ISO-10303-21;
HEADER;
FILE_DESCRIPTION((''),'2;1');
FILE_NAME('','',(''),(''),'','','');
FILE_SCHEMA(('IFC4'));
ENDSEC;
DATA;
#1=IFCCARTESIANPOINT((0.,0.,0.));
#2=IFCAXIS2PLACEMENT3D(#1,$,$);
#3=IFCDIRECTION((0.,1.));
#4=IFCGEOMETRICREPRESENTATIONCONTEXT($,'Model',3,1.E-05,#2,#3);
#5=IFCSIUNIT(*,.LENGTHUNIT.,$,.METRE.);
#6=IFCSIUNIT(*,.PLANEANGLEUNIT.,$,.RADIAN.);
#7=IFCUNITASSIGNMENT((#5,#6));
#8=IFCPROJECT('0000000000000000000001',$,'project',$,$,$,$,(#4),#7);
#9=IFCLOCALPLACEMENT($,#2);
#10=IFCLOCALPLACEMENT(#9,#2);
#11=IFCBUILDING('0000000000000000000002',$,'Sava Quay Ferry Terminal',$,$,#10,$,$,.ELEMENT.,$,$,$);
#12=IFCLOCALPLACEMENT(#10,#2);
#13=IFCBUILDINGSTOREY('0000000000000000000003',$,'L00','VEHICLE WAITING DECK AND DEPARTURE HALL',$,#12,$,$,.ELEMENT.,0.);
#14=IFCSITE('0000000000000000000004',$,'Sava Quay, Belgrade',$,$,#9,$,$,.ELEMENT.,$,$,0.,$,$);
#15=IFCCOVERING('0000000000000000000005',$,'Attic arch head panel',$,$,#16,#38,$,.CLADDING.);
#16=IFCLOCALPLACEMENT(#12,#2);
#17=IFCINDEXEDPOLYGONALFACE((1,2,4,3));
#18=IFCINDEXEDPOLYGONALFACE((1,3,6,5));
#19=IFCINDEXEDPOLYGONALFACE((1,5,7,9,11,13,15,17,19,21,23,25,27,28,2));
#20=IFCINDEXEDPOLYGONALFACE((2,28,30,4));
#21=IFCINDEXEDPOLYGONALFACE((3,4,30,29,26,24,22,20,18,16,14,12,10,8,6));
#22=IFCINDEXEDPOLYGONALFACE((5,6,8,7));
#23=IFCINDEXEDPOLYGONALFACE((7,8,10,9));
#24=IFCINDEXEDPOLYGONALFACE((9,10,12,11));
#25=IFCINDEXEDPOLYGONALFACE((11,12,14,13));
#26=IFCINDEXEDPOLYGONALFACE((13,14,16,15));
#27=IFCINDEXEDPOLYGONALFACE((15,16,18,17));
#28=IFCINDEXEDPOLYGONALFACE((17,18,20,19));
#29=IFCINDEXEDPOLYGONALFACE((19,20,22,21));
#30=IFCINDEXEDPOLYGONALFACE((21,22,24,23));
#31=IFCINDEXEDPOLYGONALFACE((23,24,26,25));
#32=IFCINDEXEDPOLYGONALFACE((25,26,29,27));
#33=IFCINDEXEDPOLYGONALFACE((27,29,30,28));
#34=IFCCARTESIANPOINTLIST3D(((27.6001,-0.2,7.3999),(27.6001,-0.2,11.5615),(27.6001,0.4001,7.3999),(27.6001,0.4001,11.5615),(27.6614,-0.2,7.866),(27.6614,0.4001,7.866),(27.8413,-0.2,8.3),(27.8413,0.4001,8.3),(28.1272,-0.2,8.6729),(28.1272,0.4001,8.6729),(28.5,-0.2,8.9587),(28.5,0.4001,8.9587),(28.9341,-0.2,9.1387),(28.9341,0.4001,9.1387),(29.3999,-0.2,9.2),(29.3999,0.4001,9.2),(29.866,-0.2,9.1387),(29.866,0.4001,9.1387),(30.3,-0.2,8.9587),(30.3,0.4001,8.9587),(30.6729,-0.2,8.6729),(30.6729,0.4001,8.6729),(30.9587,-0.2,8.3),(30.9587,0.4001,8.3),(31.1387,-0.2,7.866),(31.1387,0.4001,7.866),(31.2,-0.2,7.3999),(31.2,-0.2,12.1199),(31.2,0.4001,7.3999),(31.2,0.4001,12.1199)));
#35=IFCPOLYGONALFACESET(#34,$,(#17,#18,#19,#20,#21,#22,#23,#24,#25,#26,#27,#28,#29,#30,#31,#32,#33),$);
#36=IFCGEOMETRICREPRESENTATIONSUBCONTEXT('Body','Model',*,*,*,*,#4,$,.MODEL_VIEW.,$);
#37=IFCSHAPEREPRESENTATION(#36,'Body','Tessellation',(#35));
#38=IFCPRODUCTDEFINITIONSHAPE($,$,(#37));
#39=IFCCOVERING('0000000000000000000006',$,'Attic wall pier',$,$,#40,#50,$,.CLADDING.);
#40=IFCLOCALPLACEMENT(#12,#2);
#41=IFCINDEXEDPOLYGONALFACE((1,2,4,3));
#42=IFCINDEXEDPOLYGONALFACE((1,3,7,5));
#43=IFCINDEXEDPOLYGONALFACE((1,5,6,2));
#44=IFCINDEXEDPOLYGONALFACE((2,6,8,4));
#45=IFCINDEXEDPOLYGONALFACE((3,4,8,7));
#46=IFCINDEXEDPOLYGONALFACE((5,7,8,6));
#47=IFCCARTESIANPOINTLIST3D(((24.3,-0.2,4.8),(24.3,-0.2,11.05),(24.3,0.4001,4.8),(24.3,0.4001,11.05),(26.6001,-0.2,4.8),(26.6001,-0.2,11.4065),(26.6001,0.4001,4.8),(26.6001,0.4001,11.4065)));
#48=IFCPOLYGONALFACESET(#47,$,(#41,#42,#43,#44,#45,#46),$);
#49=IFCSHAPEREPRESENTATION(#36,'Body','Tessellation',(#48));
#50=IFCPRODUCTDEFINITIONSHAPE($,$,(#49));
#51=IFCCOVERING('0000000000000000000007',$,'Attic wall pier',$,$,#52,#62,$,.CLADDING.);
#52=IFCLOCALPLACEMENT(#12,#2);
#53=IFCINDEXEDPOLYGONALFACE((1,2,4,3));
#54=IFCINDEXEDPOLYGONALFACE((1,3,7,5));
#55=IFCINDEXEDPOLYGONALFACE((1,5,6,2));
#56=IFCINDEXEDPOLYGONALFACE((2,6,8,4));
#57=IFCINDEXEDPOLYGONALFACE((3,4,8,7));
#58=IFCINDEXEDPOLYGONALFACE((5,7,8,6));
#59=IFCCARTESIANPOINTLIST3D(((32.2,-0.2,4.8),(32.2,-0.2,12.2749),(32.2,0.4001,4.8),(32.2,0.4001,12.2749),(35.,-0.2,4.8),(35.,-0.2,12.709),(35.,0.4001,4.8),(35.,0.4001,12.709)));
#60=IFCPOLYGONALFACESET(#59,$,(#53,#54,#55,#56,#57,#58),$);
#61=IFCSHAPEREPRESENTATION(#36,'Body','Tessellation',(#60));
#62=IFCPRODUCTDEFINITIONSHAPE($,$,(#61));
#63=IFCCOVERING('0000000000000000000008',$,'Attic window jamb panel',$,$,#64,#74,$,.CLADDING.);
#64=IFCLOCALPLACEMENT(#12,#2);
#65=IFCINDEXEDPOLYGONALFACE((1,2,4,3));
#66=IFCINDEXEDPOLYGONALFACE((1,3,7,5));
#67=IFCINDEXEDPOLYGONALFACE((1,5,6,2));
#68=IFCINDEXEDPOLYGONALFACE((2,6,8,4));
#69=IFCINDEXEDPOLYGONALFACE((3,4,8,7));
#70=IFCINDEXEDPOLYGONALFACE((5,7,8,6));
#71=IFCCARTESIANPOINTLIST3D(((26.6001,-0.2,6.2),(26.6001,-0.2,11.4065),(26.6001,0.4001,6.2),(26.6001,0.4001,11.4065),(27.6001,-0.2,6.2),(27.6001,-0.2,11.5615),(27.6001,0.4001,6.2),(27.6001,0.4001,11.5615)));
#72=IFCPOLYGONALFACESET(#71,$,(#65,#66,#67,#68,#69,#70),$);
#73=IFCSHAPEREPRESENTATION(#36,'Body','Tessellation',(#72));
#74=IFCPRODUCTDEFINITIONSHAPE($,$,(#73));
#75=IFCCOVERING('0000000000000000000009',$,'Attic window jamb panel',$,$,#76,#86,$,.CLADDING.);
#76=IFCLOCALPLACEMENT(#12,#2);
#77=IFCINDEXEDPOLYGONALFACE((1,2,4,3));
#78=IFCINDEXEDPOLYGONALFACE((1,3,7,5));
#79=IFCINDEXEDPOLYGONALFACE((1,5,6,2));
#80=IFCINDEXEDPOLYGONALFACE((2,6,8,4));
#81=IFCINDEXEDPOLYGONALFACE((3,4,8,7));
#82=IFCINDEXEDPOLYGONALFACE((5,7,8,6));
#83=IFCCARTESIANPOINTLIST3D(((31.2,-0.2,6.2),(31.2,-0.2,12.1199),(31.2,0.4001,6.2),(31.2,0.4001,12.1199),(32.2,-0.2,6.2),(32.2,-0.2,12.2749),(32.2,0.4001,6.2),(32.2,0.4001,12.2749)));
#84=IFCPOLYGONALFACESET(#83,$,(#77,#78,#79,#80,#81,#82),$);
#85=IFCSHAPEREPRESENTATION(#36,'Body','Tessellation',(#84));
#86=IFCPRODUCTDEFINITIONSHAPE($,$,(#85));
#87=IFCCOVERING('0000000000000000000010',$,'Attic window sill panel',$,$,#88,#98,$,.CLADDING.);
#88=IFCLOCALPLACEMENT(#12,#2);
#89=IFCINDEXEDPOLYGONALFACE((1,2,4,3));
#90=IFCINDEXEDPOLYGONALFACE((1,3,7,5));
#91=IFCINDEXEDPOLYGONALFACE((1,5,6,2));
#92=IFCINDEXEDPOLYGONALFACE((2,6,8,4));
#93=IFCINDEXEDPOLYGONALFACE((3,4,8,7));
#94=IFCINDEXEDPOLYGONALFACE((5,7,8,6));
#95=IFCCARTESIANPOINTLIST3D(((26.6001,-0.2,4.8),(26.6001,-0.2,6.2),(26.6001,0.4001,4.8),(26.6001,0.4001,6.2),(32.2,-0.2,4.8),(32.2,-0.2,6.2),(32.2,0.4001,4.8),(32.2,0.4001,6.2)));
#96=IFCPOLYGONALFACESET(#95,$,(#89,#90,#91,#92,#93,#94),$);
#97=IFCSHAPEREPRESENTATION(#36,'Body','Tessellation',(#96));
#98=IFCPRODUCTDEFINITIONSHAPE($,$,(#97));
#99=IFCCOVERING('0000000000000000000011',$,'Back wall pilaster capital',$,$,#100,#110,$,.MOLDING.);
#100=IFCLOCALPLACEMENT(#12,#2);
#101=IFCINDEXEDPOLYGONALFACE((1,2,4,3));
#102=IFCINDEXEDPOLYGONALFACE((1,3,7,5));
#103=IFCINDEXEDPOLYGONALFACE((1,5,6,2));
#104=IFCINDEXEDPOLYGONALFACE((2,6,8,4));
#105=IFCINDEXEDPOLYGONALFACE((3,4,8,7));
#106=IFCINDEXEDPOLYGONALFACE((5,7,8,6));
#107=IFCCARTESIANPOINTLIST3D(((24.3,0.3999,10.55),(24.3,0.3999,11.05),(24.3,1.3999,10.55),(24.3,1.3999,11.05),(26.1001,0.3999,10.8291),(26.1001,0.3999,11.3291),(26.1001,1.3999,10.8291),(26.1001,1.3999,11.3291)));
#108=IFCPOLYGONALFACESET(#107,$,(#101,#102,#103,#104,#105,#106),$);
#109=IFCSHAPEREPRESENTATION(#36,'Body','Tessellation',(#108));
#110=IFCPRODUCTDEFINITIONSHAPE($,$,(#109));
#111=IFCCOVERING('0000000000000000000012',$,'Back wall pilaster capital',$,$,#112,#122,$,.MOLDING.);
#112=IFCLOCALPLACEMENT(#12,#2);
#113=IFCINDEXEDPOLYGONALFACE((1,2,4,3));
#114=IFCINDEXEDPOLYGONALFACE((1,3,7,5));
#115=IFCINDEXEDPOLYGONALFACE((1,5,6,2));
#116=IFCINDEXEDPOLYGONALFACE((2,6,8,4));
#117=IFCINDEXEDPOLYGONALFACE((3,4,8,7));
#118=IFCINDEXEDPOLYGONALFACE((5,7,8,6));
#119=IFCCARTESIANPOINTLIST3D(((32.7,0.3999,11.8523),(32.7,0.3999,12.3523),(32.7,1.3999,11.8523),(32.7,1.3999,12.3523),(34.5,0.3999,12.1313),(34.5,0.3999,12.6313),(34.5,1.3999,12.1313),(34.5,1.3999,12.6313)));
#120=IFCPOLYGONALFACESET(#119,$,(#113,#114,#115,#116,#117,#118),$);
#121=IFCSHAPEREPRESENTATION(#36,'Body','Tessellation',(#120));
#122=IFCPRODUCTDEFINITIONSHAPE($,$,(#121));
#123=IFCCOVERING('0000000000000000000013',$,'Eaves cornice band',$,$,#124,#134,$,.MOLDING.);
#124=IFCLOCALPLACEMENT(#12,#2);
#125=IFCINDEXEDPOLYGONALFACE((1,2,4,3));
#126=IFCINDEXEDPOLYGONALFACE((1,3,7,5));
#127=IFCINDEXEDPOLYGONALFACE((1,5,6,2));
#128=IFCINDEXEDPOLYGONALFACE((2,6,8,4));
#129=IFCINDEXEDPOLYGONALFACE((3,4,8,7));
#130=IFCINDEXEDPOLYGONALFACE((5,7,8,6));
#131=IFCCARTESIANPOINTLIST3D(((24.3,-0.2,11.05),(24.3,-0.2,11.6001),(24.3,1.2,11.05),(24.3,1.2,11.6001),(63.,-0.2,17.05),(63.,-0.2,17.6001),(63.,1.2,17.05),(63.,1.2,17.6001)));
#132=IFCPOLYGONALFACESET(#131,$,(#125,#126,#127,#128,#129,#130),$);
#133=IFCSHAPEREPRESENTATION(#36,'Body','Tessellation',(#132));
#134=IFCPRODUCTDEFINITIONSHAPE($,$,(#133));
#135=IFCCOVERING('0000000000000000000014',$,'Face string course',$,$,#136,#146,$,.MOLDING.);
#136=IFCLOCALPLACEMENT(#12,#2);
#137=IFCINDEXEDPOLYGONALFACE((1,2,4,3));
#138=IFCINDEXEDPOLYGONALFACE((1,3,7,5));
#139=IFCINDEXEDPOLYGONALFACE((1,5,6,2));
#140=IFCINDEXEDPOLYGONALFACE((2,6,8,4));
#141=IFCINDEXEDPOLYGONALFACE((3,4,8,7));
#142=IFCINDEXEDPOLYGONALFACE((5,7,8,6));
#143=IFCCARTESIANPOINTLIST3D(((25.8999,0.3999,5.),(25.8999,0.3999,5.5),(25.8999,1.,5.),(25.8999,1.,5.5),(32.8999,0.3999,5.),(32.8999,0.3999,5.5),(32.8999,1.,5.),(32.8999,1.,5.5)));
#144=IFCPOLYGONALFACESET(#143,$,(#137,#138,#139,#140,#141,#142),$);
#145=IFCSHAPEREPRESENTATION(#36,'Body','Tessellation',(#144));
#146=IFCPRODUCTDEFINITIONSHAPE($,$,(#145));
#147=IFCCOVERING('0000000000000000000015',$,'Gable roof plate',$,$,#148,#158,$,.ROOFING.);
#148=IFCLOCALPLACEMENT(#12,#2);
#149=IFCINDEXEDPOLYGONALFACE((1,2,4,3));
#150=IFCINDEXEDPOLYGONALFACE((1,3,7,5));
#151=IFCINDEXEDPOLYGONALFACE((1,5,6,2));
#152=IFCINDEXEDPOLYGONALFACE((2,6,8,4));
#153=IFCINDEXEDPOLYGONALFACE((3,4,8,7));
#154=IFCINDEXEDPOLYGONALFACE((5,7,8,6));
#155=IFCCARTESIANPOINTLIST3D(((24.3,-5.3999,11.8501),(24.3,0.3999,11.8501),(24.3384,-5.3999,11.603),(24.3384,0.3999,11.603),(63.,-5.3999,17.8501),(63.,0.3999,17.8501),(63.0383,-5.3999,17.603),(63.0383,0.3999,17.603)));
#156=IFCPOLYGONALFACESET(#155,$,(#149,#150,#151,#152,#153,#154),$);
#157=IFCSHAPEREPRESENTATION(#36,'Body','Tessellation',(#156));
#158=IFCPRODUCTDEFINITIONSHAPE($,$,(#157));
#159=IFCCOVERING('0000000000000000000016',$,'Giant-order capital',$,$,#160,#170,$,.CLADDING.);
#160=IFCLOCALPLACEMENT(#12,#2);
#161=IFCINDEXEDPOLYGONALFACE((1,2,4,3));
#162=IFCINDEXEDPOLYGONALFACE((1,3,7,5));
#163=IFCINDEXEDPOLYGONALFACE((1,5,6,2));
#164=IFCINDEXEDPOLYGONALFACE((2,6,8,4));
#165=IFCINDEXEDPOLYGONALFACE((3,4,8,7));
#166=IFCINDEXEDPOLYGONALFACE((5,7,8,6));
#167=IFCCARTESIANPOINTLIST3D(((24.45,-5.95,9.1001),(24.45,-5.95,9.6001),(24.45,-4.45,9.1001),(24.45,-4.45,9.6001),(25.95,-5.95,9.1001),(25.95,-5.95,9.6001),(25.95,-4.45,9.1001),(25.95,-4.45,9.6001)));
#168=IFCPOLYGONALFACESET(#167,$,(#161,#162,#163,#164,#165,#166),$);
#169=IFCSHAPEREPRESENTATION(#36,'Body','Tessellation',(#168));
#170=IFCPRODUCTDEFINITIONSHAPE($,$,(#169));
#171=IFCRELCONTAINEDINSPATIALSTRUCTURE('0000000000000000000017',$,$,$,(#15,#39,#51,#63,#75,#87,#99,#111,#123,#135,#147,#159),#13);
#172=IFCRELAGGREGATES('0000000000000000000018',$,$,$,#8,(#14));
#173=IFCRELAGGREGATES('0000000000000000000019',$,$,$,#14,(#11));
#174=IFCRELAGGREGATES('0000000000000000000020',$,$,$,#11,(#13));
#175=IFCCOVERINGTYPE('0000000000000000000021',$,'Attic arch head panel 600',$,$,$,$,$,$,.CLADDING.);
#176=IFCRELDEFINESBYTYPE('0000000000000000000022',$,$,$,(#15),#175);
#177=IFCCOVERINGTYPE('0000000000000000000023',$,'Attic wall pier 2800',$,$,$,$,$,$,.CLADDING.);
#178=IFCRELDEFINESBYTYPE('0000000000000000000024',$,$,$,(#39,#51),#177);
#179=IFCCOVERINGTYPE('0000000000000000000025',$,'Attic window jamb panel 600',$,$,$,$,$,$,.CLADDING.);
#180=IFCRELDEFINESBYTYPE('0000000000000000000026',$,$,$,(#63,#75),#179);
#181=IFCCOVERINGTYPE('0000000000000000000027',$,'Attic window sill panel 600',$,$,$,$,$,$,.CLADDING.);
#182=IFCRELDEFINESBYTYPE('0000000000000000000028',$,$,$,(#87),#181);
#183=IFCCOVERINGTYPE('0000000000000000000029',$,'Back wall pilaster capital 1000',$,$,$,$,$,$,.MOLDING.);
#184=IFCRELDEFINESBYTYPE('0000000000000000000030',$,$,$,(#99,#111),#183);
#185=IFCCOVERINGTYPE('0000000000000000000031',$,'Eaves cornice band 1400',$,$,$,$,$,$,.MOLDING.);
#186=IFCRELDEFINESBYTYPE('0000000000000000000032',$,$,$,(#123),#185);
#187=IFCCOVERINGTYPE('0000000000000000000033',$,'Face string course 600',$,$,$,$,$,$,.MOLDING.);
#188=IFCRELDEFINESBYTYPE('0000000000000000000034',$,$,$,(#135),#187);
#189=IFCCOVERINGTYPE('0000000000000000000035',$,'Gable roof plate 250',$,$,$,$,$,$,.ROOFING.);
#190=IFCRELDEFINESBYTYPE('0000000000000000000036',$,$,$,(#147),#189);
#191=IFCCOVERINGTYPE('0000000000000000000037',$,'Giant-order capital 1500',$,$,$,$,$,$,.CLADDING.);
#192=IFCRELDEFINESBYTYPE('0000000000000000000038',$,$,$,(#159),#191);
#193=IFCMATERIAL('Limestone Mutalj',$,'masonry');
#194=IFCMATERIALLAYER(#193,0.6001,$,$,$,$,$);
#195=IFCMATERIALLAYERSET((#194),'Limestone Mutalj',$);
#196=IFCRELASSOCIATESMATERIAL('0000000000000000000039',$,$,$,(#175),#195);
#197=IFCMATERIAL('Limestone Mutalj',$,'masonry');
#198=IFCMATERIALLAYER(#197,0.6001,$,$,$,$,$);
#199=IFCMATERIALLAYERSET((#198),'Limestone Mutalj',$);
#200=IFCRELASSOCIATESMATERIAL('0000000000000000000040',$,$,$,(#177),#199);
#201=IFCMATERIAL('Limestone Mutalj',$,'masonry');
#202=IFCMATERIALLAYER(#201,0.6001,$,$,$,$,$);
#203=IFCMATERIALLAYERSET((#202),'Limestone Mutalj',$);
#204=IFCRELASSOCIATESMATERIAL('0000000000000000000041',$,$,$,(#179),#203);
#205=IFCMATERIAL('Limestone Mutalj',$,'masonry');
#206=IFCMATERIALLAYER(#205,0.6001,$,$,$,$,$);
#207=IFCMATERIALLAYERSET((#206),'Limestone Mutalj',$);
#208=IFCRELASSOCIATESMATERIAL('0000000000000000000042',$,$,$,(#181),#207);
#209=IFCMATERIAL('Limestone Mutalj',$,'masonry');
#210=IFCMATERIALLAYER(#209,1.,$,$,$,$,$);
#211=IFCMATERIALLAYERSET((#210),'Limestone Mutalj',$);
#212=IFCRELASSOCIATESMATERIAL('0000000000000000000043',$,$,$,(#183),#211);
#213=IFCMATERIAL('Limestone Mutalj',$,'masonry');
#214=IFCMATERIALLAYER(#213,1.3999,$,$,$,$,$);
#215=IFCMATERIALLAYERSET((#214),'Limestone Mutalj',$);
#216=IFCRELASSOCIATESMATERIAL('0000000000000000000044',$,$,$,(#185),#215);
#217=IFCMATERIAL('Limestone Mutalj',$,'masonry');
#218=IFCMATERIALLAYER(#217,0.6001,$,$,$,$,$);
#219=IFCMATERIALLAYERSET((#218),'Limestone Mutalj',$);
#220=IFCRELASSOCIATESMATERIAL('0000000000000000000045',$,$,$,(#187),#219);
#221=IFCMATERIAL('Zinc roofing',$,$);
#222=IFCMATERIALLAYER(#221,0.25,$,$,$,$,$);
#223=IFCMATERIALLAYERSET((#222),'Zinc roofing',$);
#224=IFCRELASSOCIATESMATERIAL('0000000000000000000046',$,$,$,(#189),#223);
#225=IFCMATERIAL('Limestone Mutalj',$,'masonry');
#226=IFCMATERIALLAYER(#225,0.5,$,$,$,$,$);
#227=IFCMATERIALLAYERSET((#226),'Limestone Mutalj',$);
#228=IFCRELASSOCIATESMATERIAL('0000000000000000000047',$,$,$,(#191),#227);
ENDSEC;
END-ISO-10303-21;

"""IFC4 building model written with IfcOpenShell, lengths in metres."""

from ifc_helpers import new_model, si_unit, direction, frame, origin, origin_2d, place, context, subcontext, project, spatial, polyline, rectangle, outline, extrude, material, layer, layer_set, type_object, element, save


model = new_model("IFC4")

# Units and contexts
model_context = context("Model", 3, precision=1e-05, world=origin(), true_north=direction((0.0, 1.0)))
body_context = subcontext(model_context, "Body", "Model", "MODEL_VIEW")
ifc_project = project(units=[si_unit("LENGTHUNIT", "METRE"), si_unit("PLANEANGLEUNIT", "RADIAN")], contexts=[model_context])

# Site, building, storey
site_placement = place(None, origin())
site = spatial("IfcSite", under=ifc_project, at=site_placement, Name="Sava Quay, Belgrade", CompositionType="ELEMENT", RefElevation=0.0)
building_placement = place(site_placement, origin())
building = spatial("IfcBuilding", under=site, at=building_placement, Name="Sava Quay Ferry Terminal", CompositionType="ELEMENT")
storey_placement = place(building_placement, origin())
storey = spatial("IfcBuildingStorey", under=building, at=storey_placement, Name="L00", Description="VEHICLE WAITING DECK AND DEPARTURE HALL", CompositionType="ELEMENT", Elevation=0.0)

# Coverings
ifc_material_1 = material(Name="Limestone Mutalj", Category="masonry")
ifc_layer_1 = layer(ifc_material_1, 0.6001)
ifc_layer_set_1 = layer_set([ifc_layer_1], Name="Limestone Mutalj")
covering_type_1 = type_object("IfcCoveringType", Name="Attic arch head panel 600", PredefinedType="CLADDING", material=ifc_layer_set_1)
covering_1_placement = place(storey_placement, frame((27.6001, -0.2, 7.3999), z_axis=(0.0, -1.0, 0.0), x_axis=(0.13036, 0.0, 0.991467)))
element("IfcCovering", 1, at=covering_1_placement, inside=storey, type_object=covering_type_1, Name="Attic arch head panel", PredefinedType="CLADDING", context=body_context, shape_type="SweptSolid", body=[
    extrude(outline(polyline([(0.0, 0.0), (0.4701, 0.0), (0.9239, -0.1218), (1.3308, -0.3567), (1.6628, -0.689), (1.8978, -1.0959), (2.0193, -1.5498), (2.0193, -2.0199), (1.8975, -2.4737), (1.6627, -2.8806), (1.3303, -3.2126), (0.9234, -3.4476), (0.4693, -3.5691), (5.149, -2.9538), (4.1261, 0.5425), (0.0, 0.0)])), origin(), (0.0, 0.0, -1.0), 0.6001),
])
ifc_material_2 = material(Name="Limestone Mutalj", Category="masonry")
ifc_layer_2 = layer(ifc_material_2, 0.6001)
ifc_layer_set_2 = layer_set([ifc_layer_2], Name="Limestone Mutalj")
covering_type_2 = type_object("IfcCoveringType", Name="Attic wall pier 2800", PredefinedType="CLADDING", material=ifc_layer_set_2)
covering_2_placement = place(storey_placement, frame((24.3, -0.2, 4.8), z_axis=(0.0, -1.0, 0.0), x_axis=(1.0, 0.0, 0.0)))
element("IfcCovering", 2, at=covering_2_placement, inside=storey, type_object=covering_type_2, Name="Attic wall pier", PredefinedType="CLADDING", context=body_context, shape_type="SweptSolid", body=[
    extrude(outline(polyline([(0.0, 0.0), (2.3, 0.0), (2.3, 6.6064), (0.0, 6.25), (0.0, 0.0)])), origin(), (0.0, 0.0, -1.0), 0.6001),
])
covering_3_placement = place(storey_placement, frame((32.2, -0.2, 4.8), z_axis=(0.0, -1.0, 0.0), x_axis=(1.0, 0.0, 0.0)))
element("IfcCovering", 3, at=covering_3_placement, inside=storey, type_object=covering_type_2, Name="Attic wall pier", PredefinedType="CLADDING", context=body_context, shape_type="SweptSolid", body=[
    extrude(outline(polyline([(0.0, 0.0), (2.8, 0.0), (2.8, 7.9089), (0.0, 7.4749), (0.0, 0.0)])), origin(), (0.0, 0.0, -1.0), 0.6001),
])
ifc_material_3 = material(Name="Limestone Mutalj", Category="masonry")
ifc_layer_3 = layer(ifc_material_3, 0.6001)
ifc_layer_set_3 = layer_set([ifc_layer_3], Name="Limestone Mutalj")
covering_type_3 = type_object("IfcCoveringType", Name="Attic window jamb panel 600", PredefinedType="CLADDING", material=ifc_layer_set_3)
covering_4_placement = place(storey_placement, frame((26.6001, -0.2, 6.2), z_axis=(0.0, -1.0, 0.0), x_axis=(1.0, 0.0, 0.0)))
element("IfcCovering", 4, at=covering_4_placement, inside=storey, type_object=covering_type_3, Name="Attic window jamb panel", PredefinedType="CLADDING", context=body_context, shape_type="SweptSolid", body=[
    extrude(outline(polyline([(0.0, 0.0), (1.0, 0.0), (1.0, 5.3616), (0.0, 5.2065), (0.0, 0.0)])), origin(), (0.0, 0.0, -1.0), 0.6001),
])
covering_5_placement = place(storey_placement, frame((31.2, -0.2, 6.2), z_axis=(0.0, -1.0, 0.0), x_axis=(1.0, 0.0, 0.0)))
element("IfcCovering", 5, at=covering_5_placement, inside=storey, type_object=covering_type_3, Name="Attic window jamb panel", PredefinedType="CLADDING", context=body_context, shape_type="SweptSolid", body=[
    extrude(outline(polyline([(0.0, 0.0), (1.0, 0.0), (1.0, 6.075), (0.0, 5.9199), (0.0, 0.0)])), origin(), (0.0, 0.0, -1.0), 0.6001),
])
ifc_material_4 = material(Name="Limestone Mutalj", Category="masonry")
ifc_layer_4 = layer(ifc_material_4, 0.6001)
ifc_layer_set_4 = layer_set([ifc_layer_4], Name="Limestone Mutalj")
covering_type_4 = type_object("IfcCoveringType", Name="Attic window sill panel 600", PredefinedType="CLADDING", material=ifc_layer_set_4)
covering_6_placement = place(storey_placement, frame((26.6001, -0.2, 4.8), z_axis=(0.0, -1.0, 0.0), x_axis=(1.0, 0.0, 0.0)))
element("IfcCovering", 6, at=covering_6_placement, inside=storey, type_object=covering_type_4, Name="Attic window sill panel", PredefinedType="CLADDING", context=body_context, shape_type="SweptSolid", body=[
    extrude(outline(polyline([(0.0, 0.0), (5.5999, 0.0), (5.5999, 1.3999), (0.0, 1.3999), (0.0, 0.0)])), origin(), (0.0, 0.0, -1.0), 0.6001),
])
ifc_material_5 = material(Name="Limestone Mutalj", Category="masonry")
ifc_layer_5 = layer(ifc_material_5, 1.0)
ifc_layer_set_5 = layer_set([ifc_layer_5], Name="Limestone Mutalj")
covering_type_5 = type_object("IfcCoveringType", Name="Back wall pilaster capital 1000", PredefinedType="MOLDING", material=ifc_layer_set_5)
for number, where, z_axis, x_axis, name in (
    (7, (24.3, 0.3999, 10.55), (0.0, -1.0, 0.0), (0.988196, 0.0, 0.153195), "Back wall pilaster capital"),
    (8, (32.7, 0.3999, 11.8523), (0.0, -1.0, 0.0), (0.988196, 0.0, 0.153195), "Back wall pilaster capital"),
):
    element("IfcCovering", number, at=place(storey_placement, frame(where, z_axis=z_axis, x_axis=x_axis)), inside=storey, type_object=covering_type_5, Name=name, PredefinedType="MOLDING", context=body_context, shape_type="SweptSolid", body=[
        extrude(outline(polyline([(0.0, 0.0), (1.8216, 0.0), (1.8981, 0.4941), (0.0766, 0.4941), (0.0, 0.0)])), origin(), (0.0, 0.0, -1.0), 1.0),
    ])
ifc_material_6 = material(Name="Limestone Mutalj", Category="masonry")
ifc_layer_6 = layer(ifc_material_6, 1.3999)
ifc_layer_set_6 = layer_set([ifc_layer_6], Name="Limestone Mutalj")
covering_type_6 = type_object("IfcCoveringType", Name="Eaves cornice band 1400", PredefinedType="MOLDING", material=ifc_layer_set_6)
covering_7_placement = place(storey_placement, frame((24.3, -0.2, 11.05), z_axis=(0.0, -1.0, 0.0), x_axis=(0.988194, 0.0, 0.153209)))
element("IfcCovering", 9, at=covering_7_placement, inside=storey, type_object=covering_type_6, Name="Eaves cornice band", PredefinedType="MOLDING", context=body_context, shape_type="SweptSolid", body=[
    extrude(outline(polyline([(0.0, 0.0), (39.1623, 0.0), (39.2466, 0.5436), (0.0843, 0.5436), (0.0, 0.0)])), origin(), (0.0, 0.0, -1.0), 1.3999),
])
ifc_material_7 = material(Name="Limestone Mutalj", Category="masonry")
ifc_layer_7 = layer(ifc_material_7, 0.6001)
ifc_layer_set_7 = layer_set([ifc_layer_7], Name="Limestone Mutalj")
covering_type_7 = type_object("IfcCoveringType", Name="Face string course 600", PredefinedType="MOLDING", material=ifc_layer_set_7)
covering_8_placement = place(storey_placement, frame((29.3999, 0.7, 5.0), z_axis=(0.0, 0.0, 1.0), x_axis=(1.0, 0.0, 0.0)))
element("IfcCovering", 10, at=covering_8_placement, inside=storey, type_object=covering_type_7, Name="Face string course", PredefinedType="MOLDING", context=body_context, shape_type="SweptSolid", body=[
    extrude(rectangle(XDim=7.0, YDim=0.6001, at=origin_2d()), origin(), (0.0, 0.0, 1.0), 0.5),
])
ifc_material_8 = material(Name="Zinc roofing")
ifc_layer_8 = layer(ifc_material_8, 0.25)
ifc_layer_set_8 = layer_set([ifc_layer_8], Name="Zinc roofing")
covering_type_8 = type_object("IfcCoveringType", Name="Gable roof plate 250", PredefinedType="ROOFING", material=ifc_layer_set_8)
covering_9_placement = place(storey_placement, frame((24.3, -5.3999, 11.8501), z_axis=(-0.153209, 0.0, 0.988194), x_axis=(0.988194, 0.0, 0.153209)))
element("IfcCovering", 11, at=covering_9_placement, inside=storey, type_object=covering_type_8, Name="Gable roof plate", PredefinedType="ROOFING", context=body_context, shape_type="SweptSolid", body=[
    extrude(outline(polyline([(0.0, 0.0), (39.1623, 0.0), (39.1623, 5.7998), (0.0, 5.7998), (0.0, 0.0)])), origin(), (0.0, 0.0, -1.0), 0.25),
])
ifc_material_9 = material(Name="Limestone Mutalj", Category="masonry")
ifc_layer_9 = layer(ifc_material_9, 0.5)
ifc_layer_set_9 = layer_set([ifc_layer_9], Name="Limestone Mutalj")
covering_type_9 = type_object("IfcCoveringType", Name="Giant-order capital 1500", PredefinedType="CLADDING", material=ifc_layer_set_9)
for number, where, z_axis, x_axis, name in (
    (12, (25.2, -5.2, 9.1001), (0.0, 0.0, 1.0), (1.0, 0.0, 0.0), "Giant-order capital"),
):
    element("IfcCovering", number, at=place(storey_placement, frame(where, z_axis=z_axis, x_axis=x_axis)), inside=storey, type_object=covering_type_9, Name=name, PredefinedType="CLADDING", context=body_context, shape_type="SweptSolid", body=[
        extrude(rectangle(XDim=1.5, YDim=1.5, at=origin_2d()), origin(), (0.0, 0.0, 1.0), 0.5),
    ])

save(model, "model.ifc")
